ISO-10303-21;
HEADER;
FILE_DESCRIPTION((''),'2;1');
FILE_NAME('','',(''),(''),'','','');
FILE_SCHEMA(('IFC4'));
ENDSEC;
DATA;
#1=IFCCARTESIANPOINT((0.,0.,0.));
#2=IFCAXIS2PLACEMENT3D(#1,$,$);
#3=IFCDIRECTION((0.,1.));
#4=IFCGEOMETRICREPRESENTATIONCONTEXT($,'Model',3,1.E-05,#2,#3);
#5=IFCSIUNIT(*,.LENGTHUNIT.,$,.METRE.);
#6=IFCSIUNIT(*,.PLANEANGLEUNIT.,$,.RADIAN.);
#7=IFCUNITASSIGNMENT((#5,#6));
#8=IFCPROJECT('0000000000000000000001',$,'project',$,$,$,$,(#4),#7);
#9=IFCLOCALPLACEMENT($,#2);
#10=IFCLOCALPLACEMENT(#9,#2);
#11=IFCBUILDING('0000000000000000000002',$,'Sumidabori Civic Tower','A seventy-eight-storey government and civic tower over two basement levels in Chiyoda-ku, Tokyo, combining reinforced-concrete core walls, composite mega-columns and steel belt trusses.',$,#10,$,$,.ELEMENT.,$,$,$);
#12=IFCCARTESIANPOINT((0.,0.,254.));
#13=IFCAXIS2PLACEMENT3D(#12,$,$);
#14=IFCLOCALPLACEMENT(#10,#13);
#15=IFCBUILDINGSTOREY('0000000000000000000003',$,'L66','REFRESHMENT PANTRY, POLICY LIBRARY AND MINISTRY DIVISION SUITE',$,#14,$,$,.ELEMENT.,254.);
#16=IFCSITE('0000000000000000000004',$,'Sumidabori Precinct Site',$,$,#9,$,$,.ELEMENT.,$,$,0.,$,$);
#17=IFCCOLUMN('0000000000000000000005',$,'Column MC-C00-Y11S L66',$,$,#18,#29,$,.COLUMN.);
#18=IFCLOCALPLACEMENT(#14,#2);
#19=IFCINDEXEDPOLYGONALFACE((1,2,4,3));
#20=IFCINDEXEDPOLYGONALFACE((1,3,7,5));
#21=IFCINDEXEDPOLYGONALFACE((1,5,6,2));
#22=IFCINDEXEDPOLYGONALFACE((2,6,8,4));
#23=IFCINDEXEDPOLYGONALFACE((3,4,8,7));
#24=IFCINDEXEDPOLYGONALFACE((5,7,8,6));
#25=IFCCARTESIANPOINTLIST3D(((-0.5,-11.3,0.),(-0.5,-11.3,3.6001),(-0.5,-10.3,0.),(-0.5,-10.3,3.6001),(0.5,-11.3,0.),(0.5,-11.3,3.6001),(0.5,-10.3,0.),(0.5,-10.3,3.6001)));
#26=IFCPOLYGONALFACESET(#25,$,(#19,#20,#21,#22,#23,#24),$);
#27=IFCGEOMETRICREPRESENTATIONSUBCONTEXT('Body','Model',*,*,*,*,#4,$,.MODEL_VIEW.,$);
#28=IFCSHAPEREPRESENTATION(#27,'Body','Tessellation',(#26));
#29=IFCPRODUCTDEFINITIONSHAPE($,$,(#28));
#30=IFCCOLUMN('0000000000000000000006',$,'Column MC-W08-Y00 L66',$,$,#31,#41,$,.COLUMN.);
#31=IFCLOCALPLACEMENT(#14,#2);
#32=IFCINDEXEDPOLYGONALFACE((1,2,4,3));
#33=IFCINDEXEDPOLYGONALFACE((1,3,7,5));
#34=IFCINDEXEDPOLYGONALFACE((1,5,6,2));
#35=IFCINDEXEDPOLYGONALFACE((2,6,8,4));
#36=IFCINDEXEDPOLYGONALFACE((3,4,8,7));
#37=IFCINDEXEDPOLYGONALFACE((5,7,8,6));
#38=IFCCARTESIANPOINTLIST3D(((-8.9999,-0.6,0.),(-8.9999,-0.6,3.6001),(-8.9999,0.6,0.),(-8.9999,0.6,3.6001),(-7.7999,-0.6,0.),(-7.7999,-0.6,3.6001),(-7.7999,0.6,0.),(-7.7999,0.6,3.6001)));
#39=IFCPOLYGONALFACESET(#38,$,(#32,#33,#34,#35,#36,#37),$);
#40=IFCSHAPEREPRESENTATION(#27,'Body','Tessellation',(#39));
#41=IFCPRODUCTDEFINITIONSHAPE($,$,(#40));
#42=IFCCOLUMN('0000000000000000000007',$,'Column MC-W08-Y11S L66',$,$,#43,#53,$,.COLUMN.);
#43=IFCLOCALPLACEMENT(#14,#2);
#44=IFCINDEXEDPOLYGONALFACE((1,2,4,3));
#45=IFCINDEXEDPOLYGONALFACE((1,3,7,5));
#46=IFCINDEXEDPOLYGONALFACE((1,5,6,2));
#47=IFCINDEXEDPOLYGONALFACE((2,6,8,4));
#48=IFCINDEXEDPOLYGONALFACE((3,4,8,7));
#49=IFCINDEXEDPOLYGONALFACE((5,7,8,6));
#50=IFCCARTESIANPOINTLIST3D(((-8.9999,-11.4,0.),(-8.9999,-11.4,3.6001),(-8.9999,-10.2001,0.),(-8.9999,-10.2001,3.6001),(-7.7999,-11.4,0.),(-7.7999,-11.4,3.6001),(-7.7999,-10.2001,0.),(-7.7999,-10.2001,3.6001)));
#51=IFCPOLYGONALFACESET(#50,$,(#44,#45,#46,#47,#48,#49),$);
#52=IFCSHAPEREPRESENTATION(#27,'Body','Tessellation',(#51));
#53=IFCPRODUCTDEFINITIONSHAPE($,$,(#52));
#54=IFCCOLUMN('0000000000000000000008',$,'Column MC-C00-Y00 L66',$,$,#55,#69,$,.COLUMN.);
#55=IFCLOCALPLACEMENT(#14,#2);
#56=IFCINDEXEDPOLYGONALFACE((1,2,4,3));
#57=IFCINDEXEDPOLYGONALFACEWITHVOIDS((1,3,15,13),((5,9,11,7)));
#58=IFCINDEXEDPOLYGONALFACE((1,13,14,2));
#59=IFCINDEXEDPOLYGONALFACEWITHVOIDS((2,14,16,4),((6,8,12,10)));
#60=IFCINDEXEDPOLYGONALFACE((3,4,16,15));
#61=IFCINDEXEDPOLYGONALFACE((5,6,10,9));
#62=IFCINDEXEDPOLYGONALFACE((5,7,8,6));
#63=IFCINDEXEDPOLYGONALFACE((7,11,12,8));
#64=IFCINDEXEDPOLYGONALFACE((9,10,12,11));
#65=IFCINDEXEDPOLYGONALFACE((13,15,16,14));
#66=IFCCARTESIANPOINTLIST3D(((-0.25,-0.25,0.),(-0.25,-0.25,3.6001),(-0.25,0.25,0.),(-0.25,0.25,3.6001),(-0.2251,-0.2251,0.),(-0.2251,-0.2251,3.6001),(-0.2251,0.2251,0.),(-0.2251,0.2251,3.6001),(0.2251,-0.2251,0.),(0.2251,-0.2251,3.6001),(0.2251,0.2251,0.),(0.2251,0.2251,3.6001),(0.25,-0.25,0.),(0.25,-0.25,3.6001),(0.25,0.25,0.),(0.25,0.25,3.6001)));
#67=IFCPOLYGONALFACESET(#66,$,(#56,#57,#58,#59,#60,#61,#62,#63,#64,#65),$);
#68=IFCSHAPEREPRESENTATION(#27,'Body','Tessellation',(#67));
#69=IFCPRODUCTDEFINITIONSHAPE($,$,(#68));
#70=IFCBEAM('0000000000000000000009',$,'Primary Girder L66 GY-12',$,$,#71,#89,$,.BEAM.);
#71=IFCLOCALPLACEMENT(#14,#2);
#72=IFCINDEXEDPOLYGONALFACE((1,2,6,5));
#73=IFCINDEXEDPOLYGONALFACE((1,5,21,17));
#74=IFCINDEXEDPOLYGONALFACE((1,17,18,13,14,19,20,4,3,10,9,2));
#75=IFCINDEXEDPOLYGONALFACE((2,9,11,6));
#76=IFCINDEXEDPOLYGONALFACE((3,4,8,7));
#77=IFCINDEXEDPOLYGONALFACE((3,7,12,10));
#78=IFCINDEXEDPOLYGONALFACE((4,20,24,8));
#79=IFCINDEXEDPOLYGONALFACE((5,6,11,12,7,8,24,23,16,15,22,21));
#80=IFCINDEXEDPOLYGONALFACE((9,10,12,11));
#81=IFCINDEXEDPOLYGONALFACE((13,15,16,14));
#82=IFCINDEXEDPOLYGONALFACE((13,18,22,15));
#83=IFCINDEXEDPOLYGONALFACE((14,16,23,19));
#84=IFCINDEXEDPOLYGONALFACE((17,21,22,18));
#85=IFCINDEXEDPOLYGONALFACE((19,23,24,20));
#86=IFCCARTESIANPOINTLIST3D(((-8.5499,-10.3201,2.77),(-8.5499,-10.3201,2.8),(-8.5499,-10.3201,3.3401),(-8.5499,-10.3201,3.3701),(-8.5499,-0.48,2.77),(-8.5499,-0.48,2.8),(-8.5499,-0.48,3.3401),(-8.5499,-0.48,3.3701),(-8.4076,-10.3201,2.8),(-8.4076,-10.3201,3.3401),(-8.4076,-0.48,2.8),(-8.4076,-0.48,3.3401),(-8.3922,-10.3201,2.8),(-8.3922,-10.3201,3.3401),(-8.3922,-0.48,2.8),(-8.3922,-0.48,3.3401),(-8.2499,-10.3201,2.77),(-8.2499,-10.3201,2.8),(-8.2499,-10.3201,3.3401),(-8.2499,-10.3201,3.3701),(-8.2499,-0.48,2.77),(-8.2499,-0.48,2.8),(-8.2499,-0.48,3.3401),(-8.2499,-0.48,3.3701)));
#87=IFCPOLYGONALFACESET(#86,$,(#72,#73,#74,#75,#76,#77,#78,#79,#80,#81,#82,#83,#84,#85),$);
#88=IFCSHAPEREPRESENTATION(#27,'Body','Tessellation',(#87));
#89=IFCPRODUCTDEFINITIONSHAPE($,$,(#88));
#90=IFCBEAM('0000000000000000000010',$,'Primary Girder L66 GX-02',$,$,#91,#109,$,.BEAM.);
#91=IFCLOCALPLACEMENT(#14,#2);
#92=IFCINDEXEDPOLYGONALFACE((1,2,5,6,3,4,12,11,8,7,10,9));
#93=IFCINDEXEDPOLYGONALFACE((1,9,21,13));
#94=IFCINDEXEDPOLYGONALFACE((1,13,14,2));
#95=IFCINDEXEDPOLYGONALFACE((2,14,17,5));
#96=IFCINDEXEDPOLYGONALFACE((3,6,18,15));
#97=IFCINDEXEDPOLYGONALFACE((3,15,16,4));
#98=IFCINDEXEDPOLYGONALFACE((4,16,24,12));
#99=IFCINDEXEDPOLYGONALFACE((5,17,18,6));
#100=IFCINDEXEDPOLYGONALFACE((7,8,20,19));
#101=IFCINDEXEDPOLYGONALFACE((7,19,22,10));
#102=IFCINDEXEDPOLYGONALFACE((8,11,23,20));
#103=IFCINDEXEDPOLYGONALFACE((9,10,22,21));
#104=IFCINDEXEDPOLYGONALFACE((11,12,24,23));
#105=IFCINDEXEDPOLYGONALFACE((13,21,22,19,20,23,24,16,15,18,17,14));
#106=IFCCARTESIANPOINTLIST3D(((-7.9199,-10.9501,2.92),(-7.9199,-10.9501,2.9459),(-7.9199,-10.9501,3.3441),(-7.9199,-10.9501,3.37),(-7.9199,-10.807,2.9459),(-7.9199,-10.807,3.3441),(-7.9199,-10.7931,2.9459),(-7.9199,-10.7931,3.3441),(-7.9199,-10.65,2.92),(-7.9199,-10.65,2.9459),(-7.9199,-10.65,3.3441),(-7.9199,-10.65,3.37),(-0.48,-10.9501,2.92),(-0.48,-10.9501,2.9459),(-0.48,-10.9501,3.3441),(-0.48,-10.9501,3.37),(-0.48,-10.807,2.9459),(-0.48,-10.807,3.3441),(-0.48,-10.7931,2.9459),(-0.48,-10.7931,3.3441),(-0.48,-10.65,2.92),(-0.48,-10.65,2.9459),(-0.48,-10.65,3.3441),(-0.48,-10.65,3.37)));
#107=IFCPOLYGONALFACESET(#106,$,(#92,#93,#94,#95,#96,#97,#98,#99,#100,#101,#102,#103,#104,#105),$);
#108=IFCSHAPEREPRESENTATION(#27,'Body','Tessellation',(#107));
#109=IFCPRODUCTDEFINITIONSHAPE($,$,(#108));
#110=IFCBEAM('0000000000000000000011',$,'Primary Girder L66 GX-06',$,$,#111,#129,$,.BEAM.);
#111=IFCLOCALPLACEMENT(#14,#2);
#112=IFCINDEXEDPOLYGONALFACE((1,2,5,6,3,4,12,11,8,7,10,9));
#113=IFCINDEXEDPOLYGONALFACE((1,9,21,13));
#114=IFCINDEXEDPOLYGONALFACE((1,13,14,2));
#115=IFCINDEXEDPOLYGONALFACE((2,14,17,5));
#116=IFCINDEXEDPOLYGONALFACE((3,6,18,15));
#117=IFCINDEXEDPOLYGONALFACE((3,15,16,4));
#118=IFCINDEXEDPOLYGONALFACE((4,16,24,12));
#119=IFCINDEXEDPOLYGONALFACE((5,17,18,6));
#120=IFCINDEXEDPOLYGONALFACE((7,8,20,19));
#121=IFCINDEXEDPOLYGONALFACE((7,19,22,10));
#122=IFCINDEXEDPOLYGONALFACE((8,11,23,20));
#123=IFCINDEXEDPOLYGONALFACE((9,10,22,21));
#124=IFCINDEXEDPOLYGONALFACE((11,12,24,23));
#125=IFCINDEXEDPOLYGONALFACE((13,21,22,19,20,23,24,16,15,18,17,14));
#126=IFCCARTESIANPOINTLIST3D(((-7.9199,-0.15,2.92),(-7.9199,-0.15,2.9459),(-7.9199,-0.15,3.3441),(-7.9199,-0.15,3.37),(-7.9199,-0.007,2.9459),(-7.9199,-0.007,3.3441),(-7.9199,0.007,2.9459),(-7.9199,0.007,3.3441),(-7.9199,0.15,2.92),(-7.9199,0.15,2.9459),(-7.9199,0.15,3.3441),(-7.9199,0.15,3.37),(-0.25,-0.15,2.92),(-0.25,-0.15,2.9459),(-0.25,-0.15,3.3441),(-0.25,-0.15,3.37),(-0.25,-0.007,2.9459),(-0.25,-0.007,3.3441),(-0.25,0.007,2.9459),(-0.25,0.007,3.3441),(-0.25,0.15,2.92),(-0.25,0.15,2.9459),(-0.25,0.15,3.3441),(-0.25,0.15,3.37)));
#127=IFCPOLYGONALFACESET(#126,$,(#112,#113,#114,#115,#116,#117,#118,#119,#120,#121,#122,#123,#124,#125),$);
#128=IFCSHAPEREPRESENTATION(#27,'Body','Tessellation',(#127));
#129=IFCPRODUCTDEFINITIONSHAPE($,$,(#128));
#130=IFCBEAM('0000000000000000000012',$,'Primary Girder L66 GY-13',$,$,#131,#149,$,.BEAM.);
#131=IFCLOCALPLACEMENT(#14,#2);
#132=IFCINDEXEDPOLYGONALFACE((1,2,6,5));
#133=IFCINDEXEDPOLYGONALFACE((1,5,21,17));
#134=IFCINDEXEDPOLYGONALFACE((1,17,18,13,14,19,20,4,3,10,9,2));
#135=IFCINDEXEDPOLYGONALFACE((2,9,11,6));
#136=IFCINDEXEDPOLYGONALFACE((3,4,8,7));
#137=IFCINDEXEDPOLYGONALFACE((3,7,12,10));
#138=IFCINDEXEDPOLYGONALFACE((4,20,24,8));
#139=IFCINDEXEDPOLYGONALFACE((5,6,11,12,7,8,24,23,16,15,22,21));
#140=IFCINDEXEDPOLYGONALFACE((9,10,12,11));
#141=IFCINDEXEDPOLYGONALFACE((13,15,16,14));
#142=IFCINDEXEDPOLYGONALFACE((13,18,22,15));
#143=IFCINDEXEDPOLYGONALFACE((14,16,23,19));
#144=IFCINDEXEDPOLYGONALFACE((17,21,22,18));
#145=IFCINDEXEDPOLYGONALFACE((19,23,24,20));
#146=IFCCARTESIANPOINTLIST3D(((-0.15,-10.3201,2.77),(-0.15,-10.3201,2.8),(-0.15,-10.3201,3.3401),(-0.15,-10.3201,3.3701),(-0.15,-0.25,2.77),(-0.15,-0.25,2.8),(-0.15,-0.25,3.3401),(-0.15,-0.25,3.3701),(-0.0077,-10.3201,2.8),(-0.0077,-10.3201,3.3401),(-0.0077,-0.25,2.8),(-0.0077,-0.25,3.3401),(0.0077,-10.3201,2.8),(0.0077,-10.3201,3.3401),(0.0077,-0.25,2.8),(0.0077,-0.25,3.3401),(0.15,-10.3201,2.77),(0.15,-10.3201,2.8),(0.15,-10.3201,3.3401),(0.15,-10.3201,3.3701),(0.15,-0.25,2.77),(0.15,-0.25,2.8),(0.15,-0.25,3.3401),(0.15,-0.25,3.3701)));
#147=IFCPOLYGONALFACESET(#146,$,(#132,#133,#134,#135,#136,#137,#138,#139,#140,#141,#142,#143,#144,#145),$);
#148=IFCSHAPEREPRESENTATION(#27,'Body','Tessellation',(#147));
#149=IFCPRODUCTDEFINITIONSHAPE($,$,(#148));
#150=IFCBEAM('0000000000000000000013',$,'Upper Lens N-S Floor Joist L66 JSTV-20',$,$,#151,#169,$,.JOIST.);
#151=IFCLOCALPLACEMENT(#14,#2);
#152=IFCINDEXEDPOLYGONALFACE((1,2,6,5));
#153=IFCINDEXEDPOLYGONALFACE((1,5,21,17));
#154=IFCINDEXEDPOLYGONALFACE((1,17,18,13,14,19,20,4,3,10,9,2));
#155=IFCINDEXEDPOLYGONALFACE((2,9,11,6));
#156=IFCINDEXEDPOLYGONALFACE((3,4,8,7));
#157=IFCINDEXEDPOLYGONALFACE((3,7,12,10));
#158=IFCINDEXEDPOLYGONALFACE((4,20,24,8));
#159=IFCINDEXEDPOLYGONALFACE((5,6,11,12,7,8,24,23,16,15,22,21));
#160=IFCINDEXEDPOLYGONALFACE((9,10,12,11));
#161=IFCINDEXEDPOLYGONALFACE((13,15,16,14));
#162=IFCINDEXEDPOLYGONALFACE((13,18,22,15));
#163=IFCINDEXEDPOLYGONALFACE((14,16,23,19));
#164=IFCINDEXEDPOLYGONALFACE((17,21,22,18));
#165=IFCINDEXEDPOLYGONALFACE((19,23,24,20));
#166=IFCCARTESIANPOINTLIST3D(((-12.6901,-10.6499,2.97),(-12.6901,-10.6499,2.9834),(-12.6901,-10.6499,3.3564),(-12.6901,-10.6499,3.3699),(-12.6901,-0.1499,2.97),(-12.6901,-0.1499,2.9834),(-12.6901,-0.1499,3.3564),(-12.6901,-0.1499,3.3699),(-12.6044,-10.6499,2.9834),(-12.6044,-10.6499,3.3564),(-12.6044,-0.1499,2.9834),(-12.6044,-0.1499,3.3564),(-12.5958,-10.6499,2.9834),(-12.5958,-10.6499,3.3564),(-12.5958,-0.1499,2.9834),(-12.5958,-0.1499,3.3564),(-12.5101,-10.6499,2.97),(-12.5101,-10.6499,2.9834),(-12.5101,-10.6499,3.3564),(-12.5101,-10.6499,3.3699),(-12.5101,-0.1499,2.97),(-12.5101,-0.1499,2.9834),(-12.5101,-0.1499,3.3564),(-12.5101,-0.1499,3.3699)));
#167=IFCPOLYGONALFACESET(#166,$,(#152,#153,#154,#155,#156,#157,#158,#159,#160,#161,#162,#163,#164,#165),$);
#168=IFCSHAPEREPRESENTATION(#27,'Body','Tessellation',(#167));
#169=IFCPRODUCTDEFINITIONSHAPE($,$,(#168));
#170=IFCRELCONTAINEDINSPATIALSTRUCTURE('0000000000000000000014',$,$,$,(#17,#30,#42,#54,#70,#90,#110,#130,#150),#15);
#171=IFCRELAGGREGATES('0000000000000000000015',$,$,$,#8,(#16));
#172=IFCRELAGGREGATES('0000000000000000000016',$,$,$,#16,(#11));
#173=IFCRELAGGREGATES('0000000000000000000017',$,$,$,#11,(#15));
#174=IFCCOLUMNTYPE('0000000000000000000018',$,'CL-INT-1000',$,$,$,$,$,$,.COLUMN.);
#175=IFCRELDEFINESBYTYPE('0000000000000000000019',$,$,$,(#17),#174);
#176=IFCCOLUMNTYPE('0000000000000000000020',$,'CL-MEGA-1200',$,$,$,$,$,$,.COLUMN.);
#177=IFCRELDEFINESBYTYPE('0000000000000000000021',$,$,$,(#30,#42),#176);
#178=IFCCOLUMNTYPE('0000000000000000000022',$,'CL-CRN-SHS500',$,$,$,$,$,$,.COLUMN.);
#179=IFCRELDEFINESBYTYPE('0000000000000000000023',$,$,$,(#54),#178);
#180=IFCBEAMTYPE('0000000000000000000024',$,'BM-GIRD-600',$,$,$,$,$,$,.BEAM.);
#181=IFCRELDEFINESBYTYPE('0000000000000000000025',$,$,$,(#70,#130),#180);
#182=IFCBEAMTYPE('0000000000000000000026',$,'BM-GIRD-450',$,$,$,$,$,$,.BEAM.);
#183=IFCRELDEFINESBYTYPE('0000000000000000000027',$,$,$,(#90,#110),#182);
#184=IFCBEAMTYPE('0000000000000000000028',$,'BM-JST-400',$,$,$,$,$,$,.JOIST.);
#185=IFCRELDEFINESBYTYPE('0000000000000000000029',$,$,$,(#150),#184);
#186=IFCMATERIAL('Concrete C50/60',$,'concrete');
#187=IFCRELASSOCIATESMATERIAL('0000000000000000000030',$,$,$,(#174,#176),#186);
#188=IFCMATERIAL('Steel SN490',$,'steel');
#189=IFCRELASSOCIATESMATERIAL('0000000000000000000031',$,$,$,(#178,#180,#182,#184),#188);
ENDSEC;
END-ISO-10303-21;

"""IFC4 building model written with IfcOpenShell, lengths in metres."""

from ifc_helpers import new_model, si_unit, direction, frame, origin, origin_with_axes, origin_2d, place, context, subcontext, project, spatial, rectangle, hollow_rectangle, i_section, extrude, source, transform, mapped, material, material_profile, profile_set, type_object, element, save


model = new_model("IFC4")

# Units and contexts
model_context = context("Model", 3, precision=1e-05, world=origin(), true_north=direction((0.0, 1.0)))
body_context = subcontext(model_context, "Body", "Model", "MODEL_VIEW")
ifc_project = project(units=[si_unit("LENGTHUNIT", "METRE"), si_unit("PLANEANGLEUNIT", "RADIAN")], contexts=[model_context])

# Site, building, storey
site_placement = place(None, origin())
site = spatial("IfcSite", under=ifc_project, at=site_placement, Name="Sumidabori Precinct Site", CompositionType="ELEMENT", RefElevation=0.0)
building_placement = place(site_placement, origin())
building = spatial("IfcBuilding", under=site, at=building_placement, Name="Sumidabori Civic Tower", Description="A seventy-eight-storey government and civic tower over two basement levels in Chiyoda-ku, Tokyo, combining reinforced-concrete core walls, composite mega-columns and steel belt trusses.", CompositionType="ELEMENT")
storey_placement = place(building_placement, frame((0.0, 0.0, 254.0)))
storey = spatial("IfcBuildingStorey", under=building, at=storey_placement, Name="L66", Description="REFRESHMENT PANTRY, POLICY LIBRARY AND MINISTRY DIVISION SUITE", CompositionType="ELEMENT", Elevation=254.0)

# Columns
ifc_material_1 = material(Name="Concrete C50/60", Category="concrete")
ifc_material_profile_1 = material_profile(ifc_material_1, rectangle(XDim=1.0, YDim=1.0, at=origin_2d()), Name="RC 1000x1000")
ifc_profile_set_1 = profile_set([ifc_material_profile_1], Name="Concrete C50/60")
column_type_1 = type_object("IfcColumnType", Name="CL-INT-1000", PredefinedType="COLUMN", material=ifc_profile_set_1)
shared_shape_1 = source(origin(), body_context, "Body", "SweptSolid", [
    extrude(rectangle(XDim=1.0, YDim=1.0, at=origin_2d()), origin(), (0.0, 0.0, 1.0), 3.6001),
])
column_1_placement = place(storey_placement, frame((0.0, -10.8, 0.0), z_axis=(0.0, 0.0, 1.0), x_axis=(1.0, 0.0, 0.0)))
element("IfcColumn", 1, at=column_1_placement, inside=storey, type_object=column_type_1, Name="Column MC-C00-Y11S L66", PredefinedType="COLUMN", context=body_context, shape_type="MappedRepresentation", body=[
    mapped(shared_shape_1, transform((0.0, 0.0, 0.0), x_axis=(1.0, 0.0, 0.0), y_axis=(0.0, 1.0, 0.0), z_axis=(0.0, 0.0, 1.0), scale=1.0)),
])
ifc_material_profile_2 = material_profile(ifc_material_1, rectangle(XDim=1.2, YDim=1.2, at=origin_2d()), Name="RC 1200x1200")
ifc_profile_set_2 = profile_set([ifc_material_profile_2], Name="Concrete C50/60")
column_type_2 = type_object("IfcColumnType", Name="CL-MEGA-1200", PredefinedType="COLUMN", material=ifc_profile_set_2)
shared_shape_2 = source(origin(), body_context, "Body", "SweptSolid", [
    extrude(rectangle(XDim=1.2, YDim=1.2, at=origin_2d()), origin(), (0.0, 0.0, 1.0), 3.6001),
])
for number, where, z_axis, x_axis, name in (
    (2, (-8.3999, 0.0, 0.0), (0.0, 0.0, 1.0), (1.0, 0.0, 0.0), "Column MC-W08-Y00 L66"),
    (3, (-8.3999, -10.8, 0.0), (0.0, 0.0, 1.0), (1.0, 0.0, 0.0), "Column MC-W08-Y11S L66"),
):
    element("IfcColumn", number, at=place(storey_placement, frame(where, z_axis=z_axis, x_axis=x_axis)), inside=storey, type_object=column_type_2, Name=name, PredefinedType="COLUMN", context=body_context, shape_type="MappedRepresentation", body=[
        mapped(shared_shape_2, transform((0.0, 0.0, 0.0), x_axis=(1.0, 0.0, 0.0), y_axis=(0.0, 1.0, 0.0), z_axis=(0.0, 0.0, 1.0), scale=1.0)),
    ])
ifc_material_2 = material(Name="Steel SN490", Category="steel")
ifc_material_profile_3 = material_profile(ifc_material_2, hollow_rectangle(XDim=0.5, YDim=0.5, WallThickness=0.0249, at=origin_2d()), Name="SHS 500x500x25")
ifc_profile_set_3 = profile_set([ifc_material_profile_3], Name="Steel SN490")
column_type_3 = type_object("IfcColumnType", Name="CL-CRN-SHS500", PredefinedType="COLUMN", material=ifc_profile_set_3)
shared_shape_3 = source(origin(), body_context, "Body", "SweptSolid", [
    extrude(hollow_rectangle(XDim=0.5, YDim=0.5, WallThickness=0.0249, at=origin_2d()), origin(), (0.0, 0.0, 1.0), 3.6001),
])
column_2_placement = place(storey_placement, origin_with_axes())
element("IfcColumn", 4, at=column_2_placement, inside=storey, type_object=column_type_3, Name="Column MC-C00-Y00 L66", PredefinedType="COLUMN", context=body_context, shape_type="MappedRepresentation", body=[
    mapped(shared_shape_3, transform((0.0, 0.0, 0.0), x_axis=(1.0, 0.0, 0.0), y_axis=(0.0, 1.0, 0.0), z_axis=(0.0, 0.0, 1.0), scale=1.0)),
])

# Beams
ifc_material_profile_4 = material_profile(ifc_material_2, i_section(OverallWidth=0.3, OverallDepth=0.6001, WebThickness=0.0154, FlangeThickness=0.03, at=origin_2d()), Name="HE 600 B")
ifc_profile_set_4 = profile_set([ifc_material_profile_4], Name="Steel SN490")
beam_type_1 = type_object("IfcBeamType", Name="BM-GIRD-600", PredefinedType="BEAM", material=ifc_profile_set_4)
shared_shape_4 = source(origin(), body_context, "Body", "SweptSolid", [
    extrude(i_section(OverallWidth=0.3, OverallDepth=0.6001, WebThickness=0.0154, FlangeThickness=0.03, at=origin_2d()), origin(), (0.0, 0.0, 1.0), 9.8401),
])
beam_1_placement = place(storey_placement, frame((-8.3999, -10.3201, 3.0701), z_axis=(0.0, 1.0, 0.0), x_axis=(-1.0, 0.0, 0.0)))
element("IfcBeam", 5, at=beam_1_placement, inside=storey, type_object=beam_type_1, Name="Primary Girder L66 GY-12", PredefinedType="BEAM", context=body_context, shape_type="MappedRepresentation", body=[
    mapped(shared_shape_4, transform((0.0, 0.0, 0.0), x_axis=(1.0, 0.0, 0.0), y_axis=(0.0, 1.0, 0.0), z_axis=(0.0, 0.0, 1.0), scale=1.0)),
])
ifc_material_profile_5 = material_profile(ifc_material_2, i_section(OverallWidth=0.3, OverallDepth=0.45, WebThickness=0.0139, FlangeThickness=0.0259, at=origin_2d()), Name="HE 450 B")
ifc_profile_set_5 = profile_set([ifc_material_profile_5], Name="Steel SN490")
beam_type_2 = type_object("IfcBeamType", Name="BM-GIRD-450", PredefinedType="BEAM", material=ifc_profile_set_5)
shared_shape_5 = source(origin(), body_context, "Body", "SweptSolid", [
    extrude(i_section(OverallWidth=0.3, OverallDepth=0.45, WebThickness=0.0139, FlangeThickness=0.0259, at=origin_2d()), origin(), (0.0, 0.0, 1.0), 7.4399),
])
beam_2_placement = place(storey_placement, frame((-7.9199, -10.8, 3.145), z_axis=(1.0, 0.0, 0.0), x_axis=(0.0, 1.0, 0.0)))
element("IfcBeam", 6, at=beam_2_placement, inside=storey, type_object=beam_type_2, Name="Primary Girder L66 GX-02", PredefinedType="BEAM", context=body_context, shape_type="MappedRepresentation", body=[
    mapped(shared_shape_5, transform((0.0, 0.0, 0.0), x_axis=(1.0, 0.0, 0.0), y_axis=(0.0, 1.0, 0.0), z_axis=(0.0, 0.0, 1.0), scale=1.0)),
])
shared_shape_6 = source(origin(), body_context, "Body", "SweptSolid", [
    extrude(i_section(OverallWidth=0.3, OverallDepth=0.45, WebThickness=0.0139, FlangeThickness=0.0259, at=origin_2d()), origin(), (0.0, 0.0, 1.0), 7.6699),
])
beam_3_placement = place(storey_placement, frame((-7.9199, 0.0, 3.145), z_axis=(1.0, 0.0, 0.0), x_axis=(0.0, 1.0, 0.0)))
element("IfcBeam", 7, at=beam_3_placement, inside=storey, type_object=beam_type_2, Name="Primary Girder L66 GX-06", PredefinedType="BEAM", context=body_context, shape_type="MappedRepresentation", body=[
    mapped(shared_shape_6, transform((0.0, 0.0, 0.0), x_axis=(1.0, 0.0, 0.0), y_axis=(0.0, 1.0, 0.0), z_axis=(0.0, 0.0, 1.0), scale=1.0)),
])
shared_shape_7 = source(origin(), body_context, "Body", "SweptSolid", [
    extrude(i_section(OverallWidth=0.3, OverallDepth=0.6001, WebThickness=0.0154, FlangeThickness=0.03, at=origin_2d()), origin(), (0.0, 0.0, 1.0), 10.0701),
])
beam_4_placement = place(storey_placement, frame((0.0, -10.3201, 3.0701), z_axis=(0.0, 1.0, 0.0), x_axis=(-1.0, 0.0, 0.0)))
element("IfcBeam", 8, at=beam_4_placement, inside=storey, type_object=beam_type_1, Name="Primary Girder L66 GY-13", PredefinedType="BEAM", context=body_context, shape_type="MappedRepresentation", body=[
    mapped(shared_shape_7, transform((0.0, 0.0, 0.0), x_axis=(1.0, 0.0, 0.0), y_axis=(0.0, 1.0, 0.0), z_axis=(0.0, 0.0, 1.0), scale=1.0)),
])
ifc_material_profile_6 = material_profile(ifc_material_2, i_section(OverallWidth=0.1799, OverallDepth=0.3999, WebThickness=0.0085, FlangeThickness=0.0134, at=origin_2d()), Name="IPE 400")
ifc_profile_set_6 = profile_set([ifc_material_profile_6], Name="Steel SN490")
beam_type_3 = type_object("IfcBeamType", Name="BM-JST-400", PredefinedType="JOIST", material=ifc_profile_set_6)
shared_shape_8 = source(origin(), body_context, "Body", "SweptSolid", [
    extrude(i_section(OverallWidth=0.1799, OverallDepth=0.3999, WebThickness=0.0085, FlangeThickness=0.0134, at=origin_2d()), origin(), (0.0, 0.0, 1.0), 10.5),
])
for number, where, z_axis, x_axis, name in (
    (9, (-12.6001, -10.6499, 3.1699), (0.0, 1.0, 0.0), (-1.0, 0.0, 0.0), "Upper Lens N-S Floor Joist L66 JSTV-20"),
):
    element("IfcBeam", number, at=place(storey_placement, frame(where, z_axis=z_axis, x_axis=x_axis)), inside=storey, type_object=beam_type_3, Name=name, PredefinedType="JOIST", context=body_context, shape_type="MappedRepresentation", body=[
        mapped(shared_shape_8, transform((0.0, 0.0, 0.0), x_axis=(1.0, 0.0, 0.0), y_axis=(0.0, 1.0, 0.0), z_axis=(0.0, 0.0, 1.0), scale=1.0)),
    ])

save(model, "model.ifc")
